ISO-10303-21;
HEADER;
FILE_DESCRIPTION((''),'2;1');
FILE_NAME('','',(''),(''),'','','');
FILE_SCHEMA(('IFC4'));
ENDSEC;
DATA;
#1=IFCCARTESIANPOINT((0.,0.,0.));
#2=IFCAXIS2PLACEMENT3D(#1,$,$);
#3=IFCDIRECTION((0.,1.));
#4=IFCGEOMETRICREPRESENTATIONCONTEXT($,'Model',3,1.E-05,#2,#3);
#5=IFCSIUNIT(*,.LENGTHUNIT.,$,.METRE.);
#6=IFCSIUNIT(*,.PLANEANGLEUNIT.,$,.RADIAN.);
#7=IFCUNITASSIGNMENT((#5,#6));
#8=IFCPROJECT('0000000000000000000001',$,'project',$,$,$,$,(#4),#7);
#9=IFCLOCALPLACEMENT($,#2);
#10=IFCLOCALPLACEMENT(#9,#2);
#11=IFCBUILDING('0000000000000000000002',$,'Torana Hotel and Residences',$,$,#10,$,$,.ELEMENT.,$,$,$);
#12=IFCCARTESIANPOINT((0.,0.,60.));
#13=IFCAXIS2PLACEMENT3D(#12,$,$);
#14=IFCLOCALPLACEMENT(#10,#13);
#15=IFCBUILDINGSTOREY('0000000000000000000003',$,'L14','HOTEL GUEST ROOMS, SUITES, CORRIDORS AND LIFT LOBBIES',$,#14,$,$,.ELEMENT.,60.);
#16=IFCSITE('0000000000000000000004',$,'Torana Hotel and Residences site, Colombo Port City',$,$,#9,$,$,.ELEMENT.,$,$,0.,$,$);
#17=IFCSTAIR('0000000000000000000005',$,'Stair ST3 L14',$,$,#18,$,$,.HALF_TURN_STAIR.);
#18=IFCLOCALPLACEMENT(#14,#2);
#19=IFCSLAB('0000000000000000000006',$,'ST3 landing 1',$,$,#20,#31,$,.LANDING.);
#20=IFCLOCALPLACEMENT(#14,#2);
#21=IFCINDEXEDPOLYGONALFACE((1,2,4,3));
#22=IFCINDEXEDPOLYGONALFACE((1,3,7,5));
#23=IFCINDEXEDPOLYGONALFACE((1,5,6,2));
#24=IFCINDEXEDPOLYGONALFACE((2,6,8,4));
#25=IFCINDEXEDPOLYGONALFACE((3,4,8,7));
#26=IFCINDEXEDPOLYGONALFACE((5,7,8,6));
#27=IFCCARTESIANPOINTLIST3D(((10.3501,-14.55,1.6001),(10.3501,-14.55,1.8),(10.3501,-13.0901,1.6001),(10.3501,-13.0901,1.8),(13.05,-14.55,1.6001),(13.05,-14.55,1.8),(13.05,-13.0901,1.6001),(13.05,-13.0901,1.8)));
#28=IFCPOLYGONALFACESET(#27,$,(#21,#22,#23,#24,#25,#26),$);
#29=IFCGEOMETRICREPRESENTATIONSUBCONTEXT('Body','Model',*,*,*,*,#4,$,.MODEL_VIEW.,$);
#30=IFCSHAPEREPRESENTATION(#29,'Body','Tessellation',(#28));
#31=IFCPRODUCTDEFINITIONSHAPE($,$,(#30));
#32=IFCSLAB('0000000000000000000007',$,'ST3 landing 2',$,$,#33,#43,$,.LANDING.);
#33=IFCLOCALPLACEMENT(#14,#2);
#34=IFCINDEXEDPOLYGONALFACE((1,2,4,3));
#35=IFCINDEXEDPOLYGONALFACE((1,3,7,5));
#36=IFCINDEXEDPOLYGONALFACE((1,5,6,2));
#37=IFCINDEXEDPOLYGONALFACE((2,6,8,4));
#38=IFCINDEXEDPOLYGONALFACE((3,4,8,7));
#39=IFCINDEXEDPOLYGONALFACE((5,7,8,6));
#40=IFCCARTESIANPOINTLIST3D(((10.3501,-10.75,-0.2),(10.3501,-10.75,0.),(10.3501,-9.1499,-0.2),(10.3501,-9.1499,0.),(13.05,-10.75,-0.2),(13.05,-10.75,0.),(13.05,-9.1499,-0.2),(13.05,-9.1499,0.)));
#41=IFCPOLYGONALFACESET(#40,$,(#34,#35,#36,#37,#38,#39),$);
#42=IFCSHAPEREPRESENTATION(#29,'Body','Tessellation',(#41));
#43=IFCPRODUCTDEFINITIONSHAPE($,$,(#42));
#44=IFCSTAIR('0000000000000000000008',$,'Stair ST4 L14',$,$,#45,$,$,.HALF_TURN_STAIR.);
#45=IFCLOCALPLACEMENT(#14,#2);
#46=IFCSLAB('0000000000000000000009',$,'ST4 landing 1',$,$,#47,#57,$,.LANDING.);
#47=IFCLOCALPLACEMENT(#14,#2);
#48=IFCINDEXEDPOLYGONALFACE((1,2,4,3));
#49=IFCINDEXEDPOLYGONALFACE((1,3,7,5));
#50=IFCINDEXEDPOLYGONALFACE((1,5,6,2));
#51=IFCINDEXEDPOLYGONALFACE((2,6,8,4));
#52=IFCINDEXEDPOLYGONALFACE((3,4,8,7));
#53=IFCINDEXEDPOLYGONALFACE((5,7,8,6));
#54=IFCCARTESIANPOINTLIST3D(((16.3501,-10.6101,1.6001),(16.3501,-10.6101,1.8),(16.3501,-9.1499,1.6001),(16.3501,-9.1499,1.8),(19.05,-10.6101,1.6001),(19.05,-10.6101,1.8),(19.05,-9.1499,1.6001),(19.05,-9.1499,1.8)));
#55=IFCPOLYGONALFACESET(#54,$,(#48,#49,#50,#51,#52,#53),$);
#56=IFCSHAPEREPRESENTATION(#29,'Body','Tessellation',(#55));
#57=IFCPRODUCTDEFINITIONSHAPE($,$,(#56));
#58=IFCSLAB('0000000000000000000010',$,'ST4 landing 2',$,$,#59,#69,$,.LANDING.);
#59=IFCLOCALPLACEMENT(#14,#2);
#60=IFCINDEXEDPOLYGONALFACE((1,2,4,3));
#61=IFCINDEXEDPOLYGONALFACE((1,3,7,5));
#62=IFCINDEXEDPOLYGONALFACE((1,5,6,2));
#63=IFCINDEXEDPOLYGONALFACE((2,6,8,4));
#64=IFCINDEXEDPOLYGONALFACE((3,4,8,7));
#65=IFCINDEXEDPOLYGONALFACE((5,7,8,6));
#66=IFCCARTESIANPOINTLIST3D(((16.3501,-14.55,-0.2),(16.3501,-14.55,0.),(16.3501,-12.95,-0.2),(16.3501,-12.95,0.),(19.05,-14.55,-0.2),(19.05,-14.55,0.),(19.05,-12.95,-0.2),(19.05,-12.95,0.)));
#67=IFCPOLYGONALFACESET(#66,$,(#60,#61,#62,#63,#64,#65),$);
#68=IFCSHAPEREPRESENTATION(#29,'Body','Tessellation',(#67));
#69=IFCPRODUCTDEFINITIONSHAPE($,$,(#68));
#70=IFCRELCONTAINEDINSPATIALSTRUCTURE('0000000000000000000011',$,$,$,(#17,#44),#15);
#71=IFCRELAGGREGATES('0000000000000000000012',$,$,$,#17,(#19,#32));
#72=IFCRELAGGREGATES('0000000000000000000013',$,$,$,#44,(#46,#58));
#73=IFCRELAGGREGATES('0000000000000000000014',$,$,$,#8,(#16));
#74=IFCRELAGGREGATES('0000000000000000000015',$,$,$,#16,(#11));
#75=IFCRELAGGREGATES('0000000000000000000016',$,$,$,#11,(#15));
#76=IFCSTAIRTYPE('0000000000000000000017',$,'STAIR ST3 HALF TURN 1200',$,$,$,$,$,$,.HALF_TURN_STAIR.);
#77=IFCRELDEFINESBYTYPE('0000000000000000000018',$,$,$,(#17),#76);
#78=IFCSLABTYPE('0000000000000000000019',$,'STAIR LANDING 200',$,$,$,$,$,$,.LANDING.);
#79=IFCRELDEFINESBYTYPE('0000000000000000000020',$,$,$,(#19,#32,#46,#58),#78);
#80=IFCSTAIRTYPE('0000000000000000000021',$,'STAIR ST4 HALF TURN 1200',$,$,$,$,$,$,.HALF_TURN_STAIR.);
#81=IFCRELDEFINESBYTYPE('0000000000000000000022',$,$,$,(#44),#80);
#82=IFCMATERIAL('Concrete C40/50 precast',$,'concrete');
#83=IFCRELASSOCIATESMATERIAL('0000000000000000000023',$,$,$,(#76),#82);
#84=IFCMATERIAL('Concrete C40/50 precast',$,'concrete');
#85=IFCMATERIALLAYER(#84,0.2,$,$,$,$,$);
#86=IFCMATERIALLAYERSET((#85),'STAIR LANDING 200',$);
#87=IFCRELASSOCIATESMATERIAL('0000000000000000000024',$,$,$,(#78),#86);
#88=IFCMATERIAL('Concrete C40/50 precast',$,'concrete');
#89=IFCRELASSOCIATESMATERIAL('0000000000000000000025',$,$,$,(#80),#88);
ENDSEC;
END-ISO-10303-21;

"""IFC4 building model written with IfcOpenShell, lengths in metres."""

from ifc_helpers import new_model, si_unit, direction, frame, origin, place, context, subcontext, project, spatial, polyline, outline, extrude, material, layer, layer_set, type_object, element, aggregate, save


model = new_model("IFC4")

# Units and contexts
model_context = context("Model", 3, precision=1e-05, world=origin(), true_north=direction((0.0, 1.0)))
body_context = subcontext(model_context, "Body", "Model", "MODEL_VIEW")
ifc_project = project(units=[si_unit("LENGTHUNIT", "METRE"), si_unit("PLANEANGLEUNIT", "RADIAN")], contexts=[model_context])

# Site, building, storey
site_placement = place(None, origin())
site = spatial("IfcSite", under=ifc_project, at=site_placement, Name="Torana Hotel and Residences site, Colombo Port City", CompositionType="ELEMENT", RefElevation=0.0)
building_placement = place(site_placement, origin())
building = spatial("IfcBuilding", under=site, at=building_placement, Name="Torana Hotel and Residences", CompositionType="ELEMENT")
storey_placement = place(building_placement, frame((0.0, 0.0, 60.0)))
storey = spatial("IfcBuildingStorey", under=building, at=storey_placement, Name="L14", Description="HOTEL GUEST ROOMS, SUITES, CORRIDORS AND LIFT LOBBIES", CompositionType="ELEMENT", Elevation=60.0)

# Stairs, slabs
ifc_material_1 = material(Name="Concrete C40/50 precast", Category="concrete")
stair_type_1 = type_object("IfcStairType", Name="STAIR ST3 HALF TURN 1200", PredefinedType="HALF_TURN_STAIR", material=ifc_material_1)
stair_1_placement = place(storey_placement, origin())
stair_1 = element("IfcStair", 1, at=stair_1_placement, inside=storey, type_object=stair_type_1, Name="Stair ST3 L14", PredefinedType="HALF_TURN_STAIR")
ifc_material_2 = material(Name="Concrete C40/50 precast", Category="concrete")
ifc_layer_1 = layer(ifc_material_2, 0.2)
ifc_layer_set_1 = layer_set([ifc_layer_1], Name="STAIR LANDING 200")
slab_type = type_object("IfcSlabType", Name="STAIR LANDING 200", PredefinedType="LANDING", material=ifc_layer_set_1)
slab_1_placement = place(storey_placement, frame((0.0, 0.0, 1.6001)))
slab_1 = element("IfcSlab", 2, at=slab_1_placement, type_object=slab_type, Name="ST3 landing 1", PredefinedType="LANDING", context=body_context, shape_type="SweptSolid", body=[
    extrude(outline(polyline([(10.3501, -14.55), (13.05, -14.55), (13.05, -13.0901), (10.3501, -13.0901), (10.3501, -14.55)])), origin(), (0.0, 0.0, 1.0), 0.2),
])
slab_2_placement = place(storey_placement, frame((0.0, 0.0, -0.2)))
slab_2 = element("IfcSlab", 3, at=slab_2_placement, type_object=slab_type, Name="ST3 landing 2", PredefinedType="LANDING", context=body_context, shape_type="SweptSolid", body=[
    extrude(outline(polyline([(10.3501, -10.75), (13.05, -10.75), (13.05, -9.1499), (10.3501, -9.1499), (10.3501, -10.75)])), origin(), (0.0, 0.0, 1.0), 0.2),
])
aggregate(stair_1, [slab_1, slab_2])
ifc_material_3 = material(Name="Concrete C40/50 precast", Category="concrete")
stair_type_2 = type_object("IfcStairType", Name="STAIR ST4 HALF TURN 1200", PredefinedType="HALF_TURN_STAIR", material=ifc_material_3)
stair_2_placement = place(storey_placement, origin())
stair_2 = element("IfcStair", 4, at=stair_2_placement, inside=storey, type_object=stair_type_2, Name="Stair ST4 L14", PredefinedType="HALF_TURN_STAIR")
slab_3_placement = place(storey_placement, frame((0.0, 0.0, 1.6001)))
slab_3 = element("IfcSlab", 5, at=slab_3_placement, type_object=slab_type, Name="ST4 landing 1", PredefinedType="LANDING", context=body_context, shape_type="SweptSolid", body=[
    extrude(outline(polyline([(16.3501, -10.6101), (19.05, -10.6101), (19.05, -9.1499), (16.3501, -9.1499), (16.3501, -10.6101)])), origin(), (0.0, 0.0, 1.0), 0.2),
])
slab_4_placement = place(storey_placement, frame((0.0, 0.0, -0.2)))
slab_4 = element("IfcSlab", 6, at=slab_4_placement, type_object=slab_type, Name="ST4 landing 2", PredefinedType="LANDING", context=body_context, shape_type="SweptSolid", body=[
    extrude(outline(polyline([(16.3501, -14.55), (19.05, -14.55), (19.05, -12.95), (16.3501, -12.95), (16.3501, -14.55)])), origin(), (0.0, 0.0, 1.0), 0.2),
])
aggregate(stair_2, [slab_3, slab_4])

save(model, "model.ifc")
